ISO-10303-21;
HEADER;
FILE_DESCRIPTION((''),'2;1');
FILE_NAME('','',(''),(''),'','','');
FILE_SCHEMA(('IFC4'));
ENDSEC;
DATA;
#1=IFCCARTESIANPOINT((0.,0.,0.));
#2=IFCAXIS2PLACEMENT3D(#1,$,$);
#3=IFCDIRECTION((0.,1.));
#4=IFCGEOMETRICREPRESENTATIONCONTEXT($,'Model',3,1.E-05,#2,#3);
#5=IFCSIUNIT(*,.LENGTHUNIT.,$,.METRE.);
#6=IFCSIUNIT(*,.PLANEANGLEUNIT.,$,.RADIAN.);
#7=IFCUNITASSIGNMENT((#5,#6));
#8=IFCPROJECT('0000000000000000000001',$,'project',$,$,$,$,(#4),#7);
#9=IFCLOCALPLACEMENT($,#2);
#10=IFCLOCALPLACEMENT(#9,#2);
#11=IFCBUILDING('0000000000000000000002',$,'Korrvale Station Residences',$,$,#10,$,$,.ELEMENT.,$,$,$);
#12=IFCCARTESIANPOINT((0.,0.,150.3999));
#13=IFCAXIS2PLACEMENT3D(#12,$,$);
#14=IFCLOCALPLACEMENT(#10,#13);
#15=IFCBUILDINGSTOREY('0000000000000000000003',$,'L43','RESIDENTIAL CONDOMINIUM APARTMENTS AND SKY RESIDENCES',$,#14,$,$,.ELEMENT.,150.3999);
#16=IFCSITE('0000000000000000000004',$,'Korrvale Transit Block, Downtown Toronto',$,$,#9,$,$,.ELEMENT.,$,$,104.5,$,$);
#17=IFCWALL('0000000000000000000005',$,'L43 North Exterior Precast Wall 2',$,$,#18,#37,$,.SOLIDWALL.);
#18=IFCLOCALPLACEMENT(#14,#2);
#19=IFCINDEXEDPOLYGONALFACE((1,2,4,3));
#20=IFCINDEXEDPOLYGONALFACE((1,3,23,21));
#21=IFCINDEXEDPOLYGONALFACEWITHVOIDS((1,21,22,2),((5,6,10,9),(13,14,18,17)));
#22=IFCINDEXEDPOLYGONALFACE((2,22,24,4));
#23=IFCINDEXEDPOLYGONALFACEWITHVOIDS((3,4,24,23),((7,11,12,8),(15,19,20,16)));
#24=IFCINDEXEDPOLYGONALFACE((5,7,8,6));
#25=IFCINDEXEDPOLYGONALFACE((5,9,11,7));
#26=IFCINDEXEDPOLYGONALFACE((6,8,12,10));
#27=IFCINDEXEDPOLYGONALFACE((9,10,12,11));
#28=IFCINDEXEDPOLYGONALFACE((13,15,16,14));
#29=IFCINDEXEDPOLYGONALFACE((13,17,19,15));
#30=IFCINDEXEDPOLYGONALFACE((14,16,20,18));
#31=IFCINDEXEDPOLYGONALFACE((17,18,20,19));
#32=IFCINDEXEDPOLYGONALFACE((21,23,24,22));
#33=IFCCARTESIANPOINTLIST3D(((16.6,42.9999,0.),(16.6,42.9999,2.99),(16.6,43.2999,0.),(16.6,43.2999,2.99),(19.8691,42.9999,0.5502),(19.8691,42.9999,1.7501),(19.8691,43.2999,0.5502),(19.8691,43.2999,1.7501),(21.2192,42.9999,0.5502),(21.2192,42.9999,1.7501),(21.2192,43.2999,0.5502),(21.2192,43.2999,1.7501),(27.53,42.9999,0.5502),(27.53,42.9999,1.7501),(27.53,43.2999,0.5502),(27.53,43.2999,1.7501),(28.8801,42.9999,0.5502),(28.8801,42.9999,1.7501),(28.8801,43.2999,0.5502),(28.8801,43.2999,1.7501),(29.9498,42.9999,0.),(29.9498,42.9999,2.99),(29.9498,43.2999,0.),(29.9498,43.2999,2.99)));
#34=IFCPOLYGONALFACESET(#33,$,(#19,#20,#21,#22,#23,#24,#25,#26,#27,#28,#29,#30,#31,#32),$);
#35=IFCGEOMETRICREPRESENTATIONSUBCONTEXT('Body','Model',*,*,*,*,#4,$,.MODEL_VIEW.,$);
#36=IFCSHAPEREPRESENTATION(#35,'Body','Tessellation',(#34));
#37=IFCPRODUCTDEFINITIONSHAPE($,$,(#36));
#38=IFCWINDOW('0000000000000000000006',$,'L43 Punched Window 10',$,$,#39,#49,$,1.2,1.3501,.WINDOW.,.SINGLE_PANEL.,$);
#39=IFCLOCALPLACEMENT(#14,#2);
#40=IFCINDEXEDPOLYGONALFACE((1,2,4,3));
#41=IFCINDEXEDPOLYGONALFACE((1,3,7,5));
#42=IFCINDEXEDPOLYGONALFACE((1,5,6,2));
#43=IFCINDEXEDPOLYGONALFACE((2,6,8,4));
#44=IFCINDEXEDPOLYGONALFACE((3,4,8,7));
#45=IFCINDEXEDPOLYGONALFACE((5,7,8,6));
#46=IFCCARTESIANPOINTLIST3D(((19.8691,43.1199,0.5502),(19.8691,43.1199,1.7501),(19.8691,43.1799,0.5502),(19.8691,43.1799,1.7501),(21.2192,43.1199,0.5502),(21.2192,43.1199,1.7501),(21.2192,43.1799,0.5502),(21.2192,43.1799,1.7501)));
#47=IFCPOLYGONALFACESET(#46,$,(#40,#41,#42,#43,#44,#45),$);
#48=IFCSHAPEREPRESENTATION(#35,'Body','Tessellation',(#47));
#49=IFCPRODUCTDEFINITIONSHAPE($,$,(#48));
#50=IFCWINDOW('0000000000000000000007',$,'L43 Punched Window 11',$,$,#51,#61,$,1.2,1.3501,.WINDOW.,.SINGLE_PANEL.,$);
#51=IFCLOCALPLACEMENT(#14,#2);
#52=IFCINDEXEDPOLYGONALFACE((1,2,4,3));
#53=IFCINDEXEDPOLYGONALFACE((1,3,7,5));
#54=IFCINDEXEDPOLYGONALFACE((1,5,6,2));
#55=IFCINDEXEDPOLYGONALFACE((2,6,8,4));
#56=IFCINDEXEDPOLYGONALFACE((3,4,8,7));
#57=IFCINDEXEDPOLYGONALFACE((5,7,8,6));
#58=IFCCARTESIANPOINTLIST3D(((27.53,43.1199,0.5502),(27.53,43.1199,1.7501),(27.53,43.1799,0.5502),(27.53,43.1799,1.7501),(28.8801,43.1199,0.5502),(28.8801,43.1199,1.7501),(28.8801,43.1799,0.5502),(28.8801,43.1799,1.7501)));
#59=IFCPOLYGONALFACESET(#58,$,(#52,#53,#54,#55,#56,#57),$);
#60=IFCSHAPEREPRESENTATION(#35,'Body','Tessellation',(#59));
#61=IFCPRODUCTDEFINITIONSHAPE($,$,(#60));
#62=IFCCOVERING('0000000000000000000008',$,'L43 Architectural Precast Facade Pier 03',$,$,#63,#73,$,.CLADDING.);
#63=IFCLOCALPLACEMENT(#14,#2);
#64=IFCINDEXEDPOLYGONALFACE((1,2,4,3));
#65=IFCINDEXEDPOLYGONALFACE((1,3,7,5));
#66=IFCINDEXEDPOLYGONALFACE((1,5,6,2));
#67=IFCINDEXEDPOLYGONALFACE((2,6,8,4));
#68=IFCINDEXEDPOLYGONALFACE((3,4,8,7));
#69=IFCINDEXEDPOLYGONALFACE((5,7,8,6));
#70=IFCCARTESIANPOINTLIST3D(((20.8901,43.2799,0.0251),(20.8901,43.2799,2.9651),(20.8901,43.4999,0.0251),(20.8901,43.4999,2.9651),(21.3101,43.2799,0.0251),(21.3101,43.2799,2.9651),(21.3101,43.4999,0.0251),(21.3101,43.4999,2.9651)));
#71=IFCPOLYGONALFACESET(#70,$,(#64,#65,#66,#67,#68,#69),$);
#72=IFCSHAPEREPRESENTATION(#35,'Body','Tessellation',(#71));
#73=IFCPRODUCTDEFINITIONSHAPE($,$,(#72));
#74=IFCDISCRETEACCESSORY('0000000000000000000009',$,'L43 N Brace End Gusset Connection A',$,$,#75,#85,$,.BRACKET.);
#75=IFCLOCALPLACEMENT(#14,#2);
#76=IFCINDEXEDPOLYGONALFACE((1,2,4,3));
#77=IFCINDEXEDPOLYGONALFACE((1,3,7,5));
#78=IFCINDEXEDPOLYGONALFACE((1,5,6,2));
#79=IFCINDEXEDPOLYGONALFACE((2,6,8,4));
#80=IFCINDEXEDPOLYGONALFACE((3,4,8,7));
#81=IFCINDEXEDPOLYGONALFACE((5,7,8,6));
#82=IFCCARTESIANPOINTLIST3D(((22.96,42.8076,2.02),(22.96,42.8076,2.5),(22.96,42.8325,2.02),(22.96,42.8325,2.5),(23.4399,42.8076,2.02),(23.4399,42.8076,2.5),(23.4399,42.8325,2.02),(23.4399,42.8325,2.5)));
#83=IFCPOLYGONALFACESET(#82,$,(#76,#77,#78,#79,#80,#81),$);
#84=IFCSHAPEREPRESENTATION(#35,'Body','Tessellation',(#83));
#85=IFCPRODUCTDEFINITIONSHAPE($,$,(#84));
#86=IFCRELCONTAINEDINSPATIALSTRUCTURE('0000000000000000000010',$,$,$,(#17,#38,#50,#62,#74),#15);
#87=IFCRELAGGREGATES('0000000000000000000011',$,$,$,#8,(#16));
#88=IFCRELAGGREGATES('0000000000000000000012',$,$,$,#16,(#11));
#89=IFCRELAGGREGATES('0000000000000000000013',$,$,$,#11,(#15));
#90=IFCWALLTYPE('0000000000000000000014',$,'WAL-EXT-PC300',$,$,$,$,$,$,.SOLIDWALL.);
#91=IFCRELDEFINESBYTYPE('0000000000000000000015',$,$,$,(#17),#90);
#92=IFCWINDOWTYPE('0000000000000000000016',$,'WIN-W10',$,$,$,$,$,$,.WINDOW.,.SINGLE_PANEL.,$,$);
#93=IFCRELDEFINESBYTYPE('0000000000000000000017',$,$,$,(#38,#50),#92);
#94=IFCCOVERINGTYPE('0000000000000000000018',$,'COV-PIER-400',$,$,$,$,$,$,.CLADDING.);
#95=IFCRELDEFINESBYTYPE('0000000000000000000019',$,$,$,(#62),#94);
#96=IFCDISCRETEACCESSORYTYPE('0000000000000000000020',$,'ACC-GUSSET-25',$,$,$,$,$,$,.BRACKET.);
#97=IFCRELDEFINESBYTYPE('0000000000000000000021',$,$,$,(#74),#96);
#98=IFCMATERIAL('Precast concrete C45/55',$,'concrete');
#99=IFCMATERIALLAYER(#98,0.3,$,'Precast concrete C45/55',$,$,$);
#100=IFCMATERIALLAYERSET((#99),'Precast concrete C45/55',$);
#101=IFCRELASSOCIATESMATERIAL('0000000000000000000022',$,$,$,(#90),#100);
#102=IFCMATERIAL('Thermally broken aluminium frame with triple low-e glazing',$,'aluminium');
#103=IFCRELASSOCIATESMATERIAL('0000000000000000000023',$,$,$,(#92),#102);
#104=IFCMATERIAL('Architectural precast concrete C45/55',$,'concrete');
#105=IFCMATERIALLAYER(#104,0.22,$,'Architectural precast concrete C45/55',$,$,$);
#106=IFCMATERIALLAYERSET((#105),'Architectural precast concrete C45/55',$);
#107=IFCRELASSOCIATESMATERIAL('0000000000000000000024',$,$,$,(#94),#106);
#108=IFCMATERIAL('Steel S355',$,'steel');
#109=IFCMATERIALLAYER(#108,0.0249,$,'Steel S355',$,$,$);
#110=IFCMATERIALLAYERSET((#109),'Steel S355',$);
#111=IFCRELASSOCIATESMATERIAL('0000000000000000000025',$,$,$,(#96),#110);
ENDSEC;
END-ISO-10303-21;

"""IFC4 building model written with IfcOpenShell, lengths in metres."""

from ifc_helpers import new_model, si_unit, direction, frame, frame_2d, origin, origin_2d, place, context, subcontext, project, spatial, rectangle, extrude, material, layer, layer_set, type_object, element, fill, save


model = new_model("IFC4")

# Units and contexts
model_context = context("Model", 3, precision=1e-05, world=origin(), true_north=direction((0.0, 1.0)))
body_context = subcontext(model_context, "Body", "Model", "MODEL_VIEW")
ifc_project = project(units=[si_unit("LENGTHUNIT", "METRE"), si_unit("PLANEANGLEUNIT", "RADIAN")], contexts=[model_context])

# Site, building, storey
site_placement = place(None, origin())
site = spatial("IfcSite", under=ifc_project, at=site_placement, Name="Korrvale Transit Block, Downtown Toronto", CompositionType="ELEMENT", RefElevation=104.5)
building_placement = place(site_placement, origin())
building = spatial("IfcBuilding", under=site, at=building_placement, Name="Korrvale Station Residences", CompositionType="ELEMENT")
storey_placement = place(building_placement, frame((0.0, 0.0, 150.3999)))
storey = spatial("IfcBuildingStorey", under=building, at=storey_placement, Name="L43", Description="RESIDENTIAL CONDOMINIUM APARTMENTS AND SKY RESIDENCES", CompositionType="ELEMENT", Elevation=150.3999)

# Shared definitions
ifc_material_1 = material(Name="Steel S355", Category="steel")

# Shared definitions
ifc_material_2 = material(Name="Precast concrete C45/55", Category="concrete")

# Wall, openings, windows
ifc_layer_1 = layer(ifc_material_2, 0.3, Name="Precast concrete C45/55")
ifc_layer_set_1 = layer_set([ifc_layer_1], Name="Precast concrete C45/55")
wall_type_1 = type_object("IfcWallType", Name="WAL-EXT-PC300", PredefinedType="SOLIDWALL", material=ifc_layer_set_1)
wall_1_placement = place(storey_placement, frame((16.6001, 43.1499, 0.0), z_axis=(0.0, 0.0, 1.0), x_axis=(1.0, 0.0, 0.0)))
wall_1 = element("IfcWall", 1, at=wall_1_placement, inside=storey, type_object=wall_type_1, Name="L43 North Exterior Precast Wall 2", PredefinedType="SOLIDWALL", context=body_context, shape_type="SweptSolid", body=[
    extrude(rectangle(XDim=13.3499, YDim=0.3, at=frame_2d((6.6748, 0.0))), origin(), (0.0, 0.0, 1.0), 2.99),
])
opening_1_placement = place(wall_1_placement, frame((3.269, 0.0, 0.55)))
opening_1 = element("IfcOpeningElement", 2, at=opening_1_placement, cuts=wall_1, PredefinedType="OPENING", context=body_context, shape_type="SweptSolid", body=[
    extrude(rectangle(XDim=1.3501, YDim=1.2, at=frame_2d((0.675, 0.6001))), frame((0.0, 0.1602, 0.0), z_axis=(0.0, -1.0, 0.0), x_axis=(1.0, 0.0, 0.0)), (0.0, 0.0, 1.0), 0.3201),
])
opening_2_placement = place(wall_1_placement, frame((10.9299, 0.0, 0.55)))
opening_2 = element("IfcOpeningElement", 3, at=opening_2_placement, cuts=wall_1, PredefinedType="OPENING", context=body_context, shape_type="SweptSolid", body=[
    extrude(rectangle(XDim=1.3501, YDim=1.2, at=frame_2d((0.675, 0.6001))), frame((0.0, 0.1602, 0.0), z_axis=(0.0, -1.0, 0.0), x_axis=(1.0, 0.0, 0.0)), (0.0, 0.0, 1.0), 0.3201),
])
ifc_material_3 = material(Name="Thermally broken aluminium frame with triple low-e glazing", Category="aluminium")
window_type = type_object("IfcWindowType", Name="WIN-W10", PartitioningType="SINGLE_PANEL", PredefinedType="WINDOW", material=ifc_material_3)
window_1_placement = place(opening_1_placement, origin())
window_1 = element("IfcWindow", 4, at=window_1_placement, inside=storey, type_object=window_type, Name="L43 Punched Window 10", OverallHeight=1.2, OverallWidth=1.3501, PartitioningType="SINGLE_PANEL", PredefinedType="WINDOW", context=body_context, shape_type="SweptSolid", body=[
    extrude(rectangle(XDim=1.3501, YDim=1.2, at=frame_2d((0.675, 0.6001))), frame((0.0, 0.03, 0.0), z_axis=(0.0, -1.0, 0.0), x_axis=(1.0, 0.0, 0.0)), (0.0, 0.0, 1.0), 0.0601),
])
fill(opening_1, window_1)
window_2_placement = place(opening_2_placement, origin())
window_2 = element("IfcWindow", 5, at=window_2_placement, inside=storey, type_object=window_type, Name="L43 Punched Window 11", OverallHeight=1.2, OverallWidth=1.3501, PartitioningType="SINGLE_PANEL", PredefinedType="WINDOW", context=body_context, shape_type="SweptSolid", body=[
    extrude(rectangle(XDim=1.3501, YDim=1.2, at=frame_2d((0.675, 0.6001))), frame((0.0, 0.03, 0.0), z_axis=(0.0, -1.0, 0.0), x_axis=(1.0, 0.0, 0.0)), (0.0, 0.0, 1.0), 0.0601),
])
fill(opening_2, window_2)

# Covering
ifc_material_4 = material(Name="Architectural precast concrete C45/55", Category="concrete")
ifc_layer_2 = layer(ifc_material_4, 0.22, Name="Architectural precast concrete C45/55")
ifc_layer_set_2 = layer_set([ifc_layer_2], Name="Architectural precast concrete C45/55")
covering_type = type_object("IfcCoveringType", Name="COV-PIER-400", PredefinedType="CLADDING", material=ifc_layer_set_2)
covering_placement = place(storey_placement, frame((21.1001, 43.3899, 0.0251), z_axis=(0.0, 0.0, 1.0), x_axis=(1.0, 0.0, 0.0)))
element("IfcCovering", 6, at=covering_placement, inside=storey, type_object=covering_type, Name="L43 Architectural Precast Facade Pier 03", PredefinedType="CLADDING", context=body_context, shape_type="SweptSolid", body=[
    extrude(rectangle(XDim=0.4199, YDim=0.22, at=origin_2d()), origin(), (0.0, 0.0, 1.0), 2.9399),
])

# Discrete accessory
ifc_layer_3 = layer(ifc_material_1, 0.0249, Name="Steel S355")
ifc_layer_set_3 = layer_set([ifc_layer_3], Name="Steel S355")
discrete_accessory_type = type_object("IfcDiscreteAccessoryType", Name="ACC-GUSSET-25", PredefinedType="BRACKET", material=ifc_layer_set_3)
discrete_accessory_placement = place(storey_placement, frame((23.2, 42.8201, 2.02), z_axis=(0.0, 0.0, 1.0), x_axis=(1.0, 0.0, 0.0)))
element("IfcDiscreteAccessory", 7, at=discrete_accessory_placement, inside=storey, type_object=discrete_accessory_type, Name="L43 N Brace End Gusset Connection A", PredefinedType="BRACKET", context=body_context, shape_type="SweptSolid", body=[
    extrude(rectangle(XDim=0.48, YDim=0.0249, at=origin_2d()), origin(), (0.0, 0.0, 1.0), 0.48),
])

save(model, "model.ifc")
